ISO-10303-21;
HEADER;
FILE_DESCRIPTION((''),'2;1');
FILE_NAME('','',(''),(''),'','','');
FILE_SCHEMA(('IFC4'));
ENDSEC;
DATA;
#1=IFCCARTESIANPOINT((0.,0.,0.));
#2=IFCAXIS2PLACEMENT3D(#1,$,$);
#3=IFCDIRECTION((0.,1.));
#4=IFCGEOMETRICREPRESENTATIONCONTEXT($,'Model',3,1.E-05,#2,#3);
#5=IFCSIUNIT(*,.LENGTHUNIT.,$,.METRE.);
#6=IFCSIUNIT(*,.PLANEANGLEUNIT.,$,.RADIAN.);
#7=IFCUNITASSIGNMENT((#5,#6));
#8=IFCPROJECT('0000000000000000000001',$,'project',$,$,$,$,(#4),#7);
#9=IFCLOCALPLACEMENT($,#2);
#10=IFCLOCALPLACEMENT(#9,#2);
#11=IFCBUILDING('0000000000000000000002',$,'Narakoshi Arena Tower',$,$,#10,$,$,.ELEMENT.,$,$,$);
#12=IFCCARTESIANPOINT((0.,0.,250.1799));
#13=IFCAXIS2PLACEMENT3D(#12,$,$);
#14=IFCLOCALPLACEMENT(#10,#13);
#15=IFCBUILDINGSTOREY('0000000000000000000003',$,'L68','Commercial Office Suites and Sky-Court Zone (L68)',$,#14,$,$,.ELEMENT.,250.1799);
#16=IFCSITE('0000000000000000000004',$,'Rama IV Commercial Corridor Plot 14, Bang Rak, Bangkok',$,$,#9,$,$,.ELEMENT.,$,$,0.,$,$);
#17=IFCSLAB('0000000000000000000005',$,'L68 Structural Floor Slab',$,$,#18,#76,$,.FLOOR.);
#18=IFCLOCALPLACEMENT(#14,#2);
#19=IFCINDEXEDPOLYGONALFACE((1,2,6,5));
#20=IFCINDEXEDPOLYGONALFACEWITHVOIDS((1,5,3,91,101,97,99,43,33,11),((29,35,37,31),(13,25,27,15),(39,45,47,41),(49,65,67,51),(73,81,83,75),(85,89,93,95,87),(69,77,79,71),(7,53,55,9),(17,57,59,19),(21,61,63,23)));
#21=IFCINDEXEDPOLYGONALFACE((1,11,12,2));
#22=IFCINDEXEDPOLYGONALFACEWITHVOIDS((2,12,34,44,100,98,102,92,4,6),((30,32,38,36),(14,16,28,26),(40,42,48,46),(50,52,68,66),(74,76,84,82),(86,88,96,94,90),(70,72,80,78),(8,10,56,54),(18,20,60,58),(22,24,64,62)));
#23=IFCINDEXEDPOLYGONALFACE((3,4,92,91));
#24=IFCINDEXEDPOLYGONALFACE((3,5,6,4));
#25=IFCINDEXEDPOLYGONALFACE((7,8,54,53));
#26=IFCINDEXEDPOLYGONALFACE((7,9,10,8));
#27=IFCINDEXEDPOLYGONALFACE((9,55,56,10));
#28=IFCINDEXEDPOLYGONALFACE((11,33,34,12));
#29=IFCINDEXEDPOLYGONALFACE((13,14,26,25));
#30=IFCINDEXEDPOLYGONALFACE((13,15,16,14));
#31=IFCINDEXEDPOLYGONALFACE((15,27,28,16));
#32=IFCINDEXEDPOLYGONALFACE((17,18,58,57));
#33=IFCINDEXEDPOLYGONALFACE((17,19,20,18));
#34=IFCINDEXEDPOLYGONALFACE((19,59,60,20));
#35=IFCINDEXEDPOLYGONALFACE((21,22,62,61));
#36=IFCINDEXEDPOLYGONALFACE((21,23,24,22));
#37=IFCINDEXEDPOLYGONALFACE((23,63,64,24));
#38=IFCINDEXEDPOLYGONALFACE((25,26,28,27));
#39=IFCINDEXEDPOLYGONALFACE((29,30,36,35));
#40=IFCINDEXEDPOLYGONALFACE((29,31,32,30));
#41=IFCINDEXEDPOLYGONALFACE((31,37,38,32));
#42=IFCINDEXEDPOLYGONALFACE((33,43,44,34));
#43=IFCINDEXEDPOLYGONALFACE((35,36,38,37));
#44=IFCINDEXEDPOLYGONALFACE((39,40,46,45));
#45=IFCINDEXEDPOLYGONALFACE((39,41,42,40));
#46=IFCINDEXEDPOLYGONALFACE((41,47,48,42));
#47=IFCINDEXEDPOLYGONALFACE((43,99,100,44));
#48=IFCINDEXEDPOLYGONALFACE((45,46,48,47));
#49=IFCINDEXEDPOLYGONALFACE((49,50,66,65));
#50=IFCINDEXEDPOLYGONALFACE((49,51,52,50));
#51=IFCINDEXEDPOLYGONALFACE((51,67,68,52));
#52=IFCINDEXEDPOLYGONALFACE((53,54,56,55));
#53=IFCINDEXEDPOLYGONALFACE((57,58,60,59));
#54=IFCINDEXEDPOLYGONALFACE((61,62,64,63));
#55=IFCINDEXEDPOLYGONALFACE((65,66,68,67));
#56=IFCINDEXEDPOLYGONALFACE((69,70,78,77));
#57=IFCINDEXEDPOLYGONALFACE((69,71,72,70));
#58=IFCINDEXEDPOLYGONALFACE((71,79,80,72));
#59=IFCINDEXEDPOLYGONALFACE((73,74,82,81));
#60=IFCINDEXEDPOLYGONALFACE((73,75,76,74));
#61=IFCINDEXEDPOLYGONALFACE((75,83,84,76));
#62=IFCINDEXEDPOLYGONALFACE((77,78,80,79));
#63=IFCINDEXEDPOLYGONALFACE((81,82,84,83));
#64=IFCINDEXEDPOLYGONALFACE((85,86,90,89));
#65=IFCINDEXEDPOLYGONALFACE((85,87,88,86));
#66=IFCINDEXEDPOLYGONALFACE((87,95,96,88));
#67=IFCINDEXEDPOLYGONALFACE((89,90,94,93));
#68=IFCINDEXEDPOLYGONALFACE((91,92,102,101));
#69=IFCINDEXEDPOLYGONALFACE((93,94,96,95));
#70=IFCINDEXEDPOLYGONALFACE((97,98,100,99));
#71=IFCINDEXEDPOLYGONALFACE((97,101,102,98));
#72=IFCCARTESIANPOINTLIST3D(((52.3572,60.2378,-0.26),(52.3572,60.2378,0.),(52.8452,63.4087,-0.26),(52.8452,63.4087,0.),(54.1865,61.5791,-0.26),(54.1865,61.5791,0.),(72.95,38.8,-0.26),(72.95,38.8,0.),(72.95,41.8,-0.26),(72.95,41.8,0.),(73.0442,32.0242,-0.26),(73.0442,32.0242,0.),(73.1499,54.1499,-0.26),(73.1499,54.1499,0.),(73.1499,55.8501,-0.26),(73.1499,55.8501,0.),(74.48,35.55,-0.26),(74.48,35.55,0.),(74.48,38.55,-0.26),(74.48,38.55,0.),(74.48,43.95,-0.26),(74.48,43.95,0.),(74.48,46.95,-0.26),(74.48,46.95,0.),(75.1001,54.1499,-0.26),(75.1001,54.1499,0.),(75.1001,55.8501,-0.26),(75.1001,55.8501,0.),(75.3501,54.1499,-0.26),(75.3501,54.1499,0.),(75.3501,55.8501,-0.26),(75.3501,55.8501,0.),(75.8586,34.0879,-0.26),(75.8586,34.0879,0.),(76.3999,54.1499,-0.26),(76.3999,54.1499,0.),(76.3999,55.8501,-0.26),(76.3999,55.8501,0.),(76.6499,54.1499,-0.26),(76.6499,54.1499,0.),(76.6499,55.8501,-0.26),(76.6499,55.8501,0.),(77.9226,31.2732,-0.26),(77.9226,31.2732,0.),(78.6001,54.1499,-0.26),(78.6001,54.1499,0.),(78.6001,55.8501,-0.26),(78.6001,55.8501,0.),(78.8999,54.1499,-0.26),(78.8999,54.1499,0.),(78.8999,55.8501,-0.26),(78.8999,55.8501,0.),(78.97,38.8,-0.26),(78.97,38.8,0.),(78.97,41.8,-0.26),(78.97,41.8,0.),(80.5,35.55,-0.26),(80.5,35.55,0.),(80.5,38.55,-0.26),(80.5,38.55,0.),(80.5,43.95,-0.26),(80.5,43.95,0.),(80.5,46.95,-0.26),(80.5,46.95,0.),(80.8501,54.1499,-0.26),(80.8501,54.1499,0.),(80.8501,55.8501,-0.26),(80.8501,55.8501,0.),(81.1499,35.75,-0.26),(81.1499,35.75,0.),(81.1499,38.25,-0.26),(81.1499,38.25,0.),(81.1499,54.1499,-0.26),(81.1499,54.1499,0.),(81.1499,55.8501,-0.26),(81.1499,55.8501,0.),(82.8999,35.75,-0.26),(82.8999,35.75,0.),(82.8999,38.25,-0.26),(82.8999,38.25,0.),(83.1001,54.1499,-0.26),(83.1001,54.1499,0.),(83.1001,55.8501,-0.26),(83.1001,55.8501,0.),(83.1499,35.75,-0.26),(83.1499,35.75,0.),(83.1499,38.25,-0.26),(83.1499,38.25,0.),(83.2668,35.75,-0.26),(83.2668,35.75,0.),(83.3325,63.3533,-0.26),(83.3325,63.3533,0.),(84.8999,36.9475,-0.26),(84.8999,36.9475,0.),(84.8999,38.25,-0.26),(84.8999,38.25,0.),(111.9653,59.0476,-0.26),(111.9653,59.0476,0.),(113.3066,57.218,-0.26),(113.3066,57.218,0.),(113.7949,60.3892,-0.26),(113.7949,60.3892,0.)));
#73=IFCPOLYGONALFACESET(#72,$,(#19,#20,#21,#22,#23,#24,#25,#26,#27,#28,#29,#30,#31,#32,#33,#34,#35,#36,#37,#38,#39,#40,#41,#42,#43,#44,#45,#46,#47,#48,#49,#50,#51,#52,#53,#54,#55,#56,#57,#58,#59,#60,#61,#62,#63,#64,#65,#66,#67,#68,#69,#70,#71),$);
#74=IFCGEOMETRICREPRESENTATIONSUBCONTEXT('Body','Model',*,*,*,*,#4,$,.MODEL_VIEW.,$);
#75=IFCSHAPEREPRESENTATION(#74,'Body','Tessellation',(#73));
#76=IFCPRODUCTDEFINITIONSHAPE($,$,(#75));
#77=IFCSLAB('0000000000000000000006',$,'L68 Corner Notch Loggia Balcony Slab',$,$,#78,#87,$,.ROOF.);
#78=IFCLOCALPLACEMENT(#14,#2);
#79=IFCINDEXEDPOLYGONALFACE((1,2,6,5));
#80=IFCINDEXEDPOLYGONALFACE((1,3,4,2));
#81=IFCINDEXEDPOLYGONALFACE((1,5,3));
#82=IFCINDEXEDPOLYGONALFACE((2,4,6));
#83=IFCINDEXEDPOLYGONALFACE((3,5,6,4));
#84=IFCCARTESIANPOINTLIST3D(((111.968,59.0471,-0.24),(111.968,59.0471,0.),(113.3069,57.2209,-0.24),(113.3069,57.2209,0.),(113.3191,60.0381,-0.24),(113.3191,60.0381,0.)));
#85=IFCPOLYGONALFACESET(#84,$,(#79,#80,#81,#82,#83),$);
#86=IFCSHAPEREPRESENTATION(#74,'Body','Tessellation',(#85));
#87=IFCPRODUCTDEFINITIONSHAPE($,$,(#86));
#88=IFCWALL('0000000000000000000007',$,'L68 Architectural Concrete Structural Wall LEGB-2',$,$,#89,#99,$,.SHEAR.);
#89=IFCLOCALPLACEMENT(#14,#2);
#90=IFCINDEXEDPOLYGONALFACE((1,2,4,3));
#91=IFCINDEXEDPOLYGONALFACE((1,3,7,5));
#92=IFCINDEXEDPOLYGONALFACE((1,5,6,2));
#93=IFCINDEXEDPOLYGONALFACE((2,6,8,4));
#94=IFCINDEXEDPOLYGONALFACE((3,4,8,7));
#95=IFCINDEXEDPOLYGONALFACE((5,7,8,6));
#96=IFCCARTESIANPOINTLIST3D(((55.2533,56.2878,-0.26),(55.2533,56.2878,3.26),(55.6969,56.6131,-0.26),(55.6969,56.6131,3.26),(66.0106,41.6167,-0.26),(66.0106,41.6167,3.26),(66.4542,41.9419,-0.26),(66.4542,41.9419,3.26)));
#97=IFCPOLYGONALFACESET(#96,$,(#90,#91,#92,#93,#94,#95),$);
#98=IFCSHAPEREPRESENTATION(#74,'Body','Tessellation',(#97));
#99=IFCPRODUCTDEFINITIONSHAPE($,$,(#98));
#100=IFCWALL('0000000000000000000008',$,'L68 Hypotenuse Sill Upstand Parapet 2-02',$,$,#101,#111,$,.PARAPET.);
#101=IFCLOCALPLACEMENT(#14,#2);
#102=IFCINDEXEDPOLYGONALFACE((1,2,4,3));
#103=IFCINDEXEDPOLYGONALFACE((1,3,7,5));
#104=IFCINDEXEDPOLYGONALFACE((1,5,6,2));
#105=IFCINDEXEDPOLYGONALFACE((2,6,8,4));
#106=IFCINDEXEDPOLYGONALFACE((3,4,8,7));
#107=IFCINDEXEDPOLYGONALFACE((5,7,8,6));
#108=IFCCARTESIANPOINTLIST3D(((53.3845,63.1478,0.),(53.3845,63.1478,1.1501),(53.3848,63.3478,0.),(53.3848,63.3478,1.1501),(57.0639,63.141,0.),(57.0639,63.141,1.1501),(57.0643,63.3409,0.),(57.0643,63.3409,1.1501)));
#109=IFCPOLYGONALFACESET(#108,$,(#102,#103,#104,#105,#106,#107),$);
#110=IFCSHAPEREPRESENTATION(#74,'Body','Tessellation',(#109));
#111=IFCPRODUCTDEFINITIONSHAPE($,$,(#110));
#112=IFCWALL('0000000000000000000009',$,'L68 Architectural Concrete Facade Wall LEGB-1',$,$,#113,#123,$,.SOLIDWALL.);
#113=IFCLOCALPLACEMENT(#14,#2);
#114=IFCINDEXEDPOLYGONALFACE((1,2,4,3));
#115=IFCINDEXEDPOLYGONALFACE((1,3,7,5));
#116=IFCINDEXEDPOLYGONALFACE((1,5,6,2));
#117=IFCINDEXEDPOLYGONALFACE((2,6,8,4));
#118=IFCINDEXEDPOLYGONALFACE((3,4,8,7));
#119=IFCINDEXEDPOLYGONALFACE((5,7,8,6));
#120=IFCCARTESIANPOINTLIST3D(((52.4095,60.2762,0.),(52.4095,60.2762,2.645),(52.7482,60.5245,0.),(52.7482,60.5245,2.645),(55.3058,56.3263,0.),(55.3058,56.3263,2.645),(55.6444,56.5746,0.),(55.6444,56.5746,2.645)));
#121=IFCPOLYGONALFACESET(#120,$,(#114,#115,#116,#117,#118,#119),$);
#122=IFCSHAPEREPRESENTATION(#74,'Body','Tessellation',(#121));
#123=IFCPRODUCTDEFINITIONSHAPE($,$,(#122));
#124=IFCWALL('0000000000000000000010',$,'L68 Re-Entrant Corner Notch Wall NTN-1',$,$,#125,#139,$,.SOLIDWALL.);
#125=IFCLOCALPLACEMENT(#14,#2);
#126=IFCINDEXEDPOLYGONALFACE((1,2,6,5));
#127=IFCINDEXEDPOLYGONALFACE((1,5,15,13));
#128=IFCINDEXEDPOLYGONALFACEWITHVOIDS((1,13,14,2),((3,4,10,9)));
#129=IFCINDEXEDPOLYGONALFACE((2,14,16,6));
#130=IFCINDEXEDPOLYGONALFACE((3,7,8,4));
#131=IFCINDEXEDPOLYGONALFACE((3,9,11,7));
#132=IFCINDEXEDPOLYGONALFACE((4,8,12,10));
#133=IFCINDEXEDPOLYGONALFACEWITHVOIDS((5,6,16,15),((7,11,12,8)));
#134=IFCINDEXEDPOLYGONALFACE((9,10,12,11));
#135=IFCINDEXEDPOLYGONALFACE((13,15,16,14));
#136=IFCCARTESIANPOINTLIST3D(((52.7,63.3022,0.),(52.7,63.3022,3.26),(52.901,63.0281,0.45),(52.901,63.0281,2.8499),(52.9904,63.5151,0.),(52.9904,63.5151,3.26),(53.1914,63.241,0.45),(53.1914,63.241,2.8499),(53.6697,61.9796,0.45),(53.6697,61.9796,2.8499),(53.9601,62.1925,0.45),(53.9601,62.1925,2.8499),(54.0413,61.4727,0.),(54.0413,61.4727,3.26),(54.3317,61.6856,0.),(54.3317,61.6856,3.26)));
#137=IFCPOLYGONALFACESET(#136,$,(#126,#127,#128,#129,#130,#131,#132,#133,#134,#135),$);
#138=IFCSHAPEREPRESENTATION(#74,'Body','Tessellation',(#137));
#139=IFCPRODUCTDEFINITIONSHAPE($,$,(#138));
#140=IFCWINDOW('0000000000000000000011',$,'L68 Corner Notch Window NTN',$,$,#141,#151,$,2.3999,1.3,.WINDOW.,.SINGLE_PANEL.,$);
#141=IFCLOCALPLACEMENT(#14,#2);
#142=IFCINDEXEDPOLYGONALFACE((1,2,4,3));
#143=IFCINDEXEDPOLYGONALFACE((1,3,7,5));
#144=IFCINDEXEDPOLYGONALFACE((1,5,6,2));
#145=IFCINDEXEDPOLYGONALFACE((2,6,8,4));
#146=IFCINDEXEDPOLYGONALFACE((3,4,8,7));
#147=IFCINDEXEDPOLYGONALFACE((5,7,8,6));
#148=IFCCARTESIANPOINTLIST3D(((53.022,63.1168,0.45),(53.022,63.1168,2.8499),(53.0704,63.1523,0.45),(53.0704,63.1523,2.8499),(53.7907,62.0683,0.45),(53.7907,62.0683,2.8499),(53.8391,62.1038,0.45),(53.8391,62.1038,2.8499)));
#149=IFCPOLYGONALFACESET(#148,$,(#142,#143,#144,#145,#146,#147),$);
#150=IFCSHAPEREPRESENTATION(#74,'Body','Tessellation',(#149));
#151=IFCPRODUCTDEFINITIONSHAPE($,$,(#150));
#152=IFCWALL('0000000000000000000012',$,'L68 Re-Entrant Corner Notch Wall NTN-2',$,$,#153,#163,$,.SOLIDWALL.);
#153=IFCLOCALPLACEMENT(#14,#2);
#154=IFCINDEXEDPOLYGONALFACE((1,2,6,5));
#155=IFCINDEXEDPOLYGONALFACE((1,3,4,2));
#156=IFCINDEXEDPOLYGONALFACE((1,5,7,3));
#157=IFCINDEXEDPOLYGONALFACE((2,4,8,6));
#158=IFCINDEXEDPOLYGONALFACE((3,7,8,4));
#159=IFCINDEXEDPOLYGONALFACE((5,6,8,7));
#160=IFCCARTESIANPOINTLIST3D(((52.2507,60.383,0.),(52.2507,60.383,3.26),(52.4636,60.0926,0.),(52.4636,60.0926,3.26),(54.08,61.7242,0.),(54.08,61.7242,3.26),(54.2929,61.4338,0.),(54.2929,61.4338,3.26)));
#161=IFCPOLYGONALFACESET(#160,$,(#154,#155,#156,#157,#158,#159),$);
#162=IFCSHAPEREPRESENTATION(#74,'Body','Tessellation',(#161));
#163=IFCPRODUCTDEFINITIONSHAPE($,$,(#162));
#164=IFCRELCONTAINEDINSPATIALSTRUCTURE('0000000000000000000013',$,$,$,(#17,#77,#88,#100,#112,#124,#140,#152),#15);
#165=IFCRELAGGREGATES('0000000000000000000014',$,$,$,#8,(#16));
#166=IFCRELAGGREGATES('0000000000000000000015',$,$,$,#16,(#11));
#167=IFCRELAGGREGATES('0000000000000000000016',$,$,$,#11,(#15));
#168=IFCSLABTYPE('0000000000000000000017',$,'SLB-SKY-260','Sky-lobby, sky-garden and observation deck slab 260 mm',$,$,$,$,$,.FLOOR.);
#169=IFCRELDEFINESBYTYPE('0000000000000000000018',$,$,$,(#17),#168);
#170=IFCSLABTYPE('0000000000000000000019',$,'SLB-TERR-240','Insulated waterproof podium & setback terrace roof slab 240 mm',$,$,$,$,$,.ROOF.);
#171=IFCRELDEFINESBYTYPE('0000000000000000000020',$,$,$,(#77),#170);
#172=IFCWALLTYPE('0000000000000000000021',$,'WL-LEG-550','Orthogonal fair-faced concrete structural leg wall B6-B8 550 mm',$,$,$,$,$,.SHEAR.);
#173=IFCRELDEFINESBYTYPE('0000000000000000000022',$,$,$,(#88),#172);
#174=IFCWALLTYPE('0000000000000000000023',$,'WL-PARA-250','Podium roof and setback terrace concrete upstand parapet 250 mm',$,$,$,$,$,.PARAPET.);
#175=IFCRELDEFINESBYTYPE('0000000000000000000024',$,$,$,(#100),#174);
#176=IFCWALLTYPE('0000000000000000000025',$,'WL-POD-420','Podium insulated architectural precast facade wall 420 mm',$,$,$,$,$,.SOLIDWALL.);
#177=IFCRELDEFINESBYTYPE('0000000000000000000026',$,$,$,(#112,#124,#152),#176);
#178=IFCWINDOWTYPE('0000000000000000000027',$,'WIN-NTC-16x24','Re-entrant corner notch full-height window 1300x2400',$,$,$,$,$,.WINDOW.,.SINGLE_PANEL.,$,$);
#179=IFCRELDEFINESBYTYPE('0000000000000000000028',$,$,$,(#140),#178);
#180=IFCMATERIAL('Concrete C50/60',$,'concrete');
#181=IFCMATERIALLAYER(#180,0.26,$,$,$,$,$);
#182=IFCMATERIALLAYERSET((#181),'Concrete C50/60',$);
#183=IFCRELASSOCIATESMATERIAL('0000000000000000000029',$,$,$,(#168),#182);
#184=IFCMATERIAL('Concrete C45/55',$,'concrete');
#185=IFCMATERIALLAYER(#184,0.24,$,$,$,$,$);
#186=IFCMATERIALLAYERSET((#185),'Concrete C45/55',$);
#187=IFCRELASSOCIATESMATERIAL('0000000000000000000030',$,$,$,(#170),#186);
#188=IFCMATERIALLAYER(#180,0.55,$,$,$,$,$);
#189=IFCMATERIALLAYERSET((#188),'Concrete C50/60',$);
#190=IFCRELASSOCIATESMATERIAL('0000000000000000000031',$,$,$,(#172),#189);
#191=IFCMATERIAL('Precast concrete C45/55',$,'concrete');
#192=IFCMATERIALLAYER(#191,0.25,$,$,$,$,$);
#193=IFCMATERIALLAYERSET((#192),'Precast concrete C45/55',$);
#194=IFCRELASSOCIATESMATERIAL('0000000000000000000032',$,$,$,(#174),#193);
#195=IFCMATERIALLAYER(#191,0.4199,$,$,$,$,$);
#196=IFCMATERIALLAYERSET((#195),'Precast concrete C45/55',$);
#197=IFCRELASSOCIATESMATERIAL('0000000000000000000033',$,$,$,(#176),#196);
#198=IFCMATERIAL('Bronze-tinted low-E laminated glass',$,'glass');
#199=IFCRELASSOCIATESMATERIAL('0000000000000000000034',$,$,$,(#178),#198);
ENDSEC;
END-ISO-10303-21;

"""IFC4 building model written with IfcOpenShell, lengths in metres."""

from ifc_helpers import new_model, si_unit, direction, frame, frame_2d, origin, place, context, subcontext, project, spatial, polyline, rectangle, outline, extrude, material, layer, layer_set, type_object, element, fill, save


model = new_model("IFC4")

# Units and contexts
model_context = context("Model", 3, precision=1e-05, world=origin(), true_north=direction((0.0, 1.0)))
body_context = subcontext(model_context, "Body", "Model", "MODEL_VIEW")
ifc_project = project(units=[si_unit("LENGTHUNIT", "METRE"), si_unit("PLANEANGLEUNIT", "RADIAN")], contexts=[model_context])

# Site, building, storey
site_placement = place(None, origin())
site = spatial("IfcSite", under=ifc_project, at=site_placement, Name="Rama IV Commercial Corridor Plot 14, Bang Rak, Bangkok", CompositionType="ELEMENT", RefElevation=0.0)
building_placement = place(site_placement, origin())
building = spatial("IfcBuilding", under=site, at=building_placement, Name="Narakoshi Arena Tower", CompositionType="ELEMENT")
storey_placement = place(building_placement, frame((0.0, 0.0, 250.1799)))
storey = spatial("IfcBuildingStorey", under=building, at=storey_placement, Name="L68", Description="Commercial Office Suites and Sky-Court Zone (L68)", CompositionType="ELEMENT", Elevation=250.1799)

# Shared definitions
ifc_material_1 = material(Name="Concrete C50/60", Category="concrete")

# Shared definitions
ifc_material_2 = material(Name="Bronze-tinted low-E laminated glass", Category="glass")

# Shared definitions
ifc_material_3 = material(Name="Concrete C45/55", Category="concrete")

# Slabs
ifc_layer_1 = layer(ifc_material_1, 0.26)
ifc_layer_set_1 = layer_set([ifc_layer_1], Name="Concrete C50/60")
slab_type_1 = type_object("IfcSlabType", Name="SLB-SKY-260", Description="Sky-lobby, sky-garden and observation deck slab 260 mm", PredefinedType="FLOOR", material=ifc_layer_set_1)
slab_1_placement = place(storey_placement, frame((0.0, 0.0, -0.26)))
element("IfcSlab", 1, at=slab_1_placement, inside=storey, type_object=slab_type_1, Name="L68 Structural Floor Slab", PredefinedType="FLOOR", context=body_context, shape_type="SweptSolid", body=[
    extrude(outline(polyline([(77.9226, 31.2732), (113.3066, 57.218), (111.9653, 59.0476), (113.7949, 60.3892), (83.3325, 63.3533), (52.8452, 63.4087), (54.1865, 61.5791), (52.3572, 60.2378), (73.0442, 32.0242), (75.8586, 34.0879), (77.9226, 31.2732)]), holes=[polyline([(80.5, 35.55), (74.48, 35.55), (74.48, 38.55), (80.5, 38.55), (80.5, 35.55)]), polyline([(82.8999, 35.75), (81.1499, 35.75), (81.1499, 38.25), (82.8999, 38.25), (82.8999, 35.75)]), polyline([(84.8999, 36.9475), (83.2668, 35.75), (83.1499, 35.75), (83.1499, 38.25), (84.8999, 38.25), (84.8999, 36.9475)]), polyline([(72.95, 38.8), (72.95, 41.8), (78.97, 41.8), (78.97, 38.8), (72.95, 38.8)]), polyline([(74.48, 43.95), (74.48, 46.95), (80.5, 46.95), (80.5, 43.95), (74.48, 43.95)]), polyline([(75.1001, 54.1499), (73.1499, 54.1499), (73.1499, 55.8501), (75.1001, 55.8501), (75.1001, 54.1499)]), polyline([(76.3999, 54.1499), (75.3501, 54.1499), (75.3501, 55.8501), (76.3999, 55.8501), (76.3999, 54.1499)]), polyline([(78.6001, 54.1499), (76.6499, 54.1499), (76.6499, 55.8501), (78.6001, 55.8501), (78.6001, 54.1499)]), polyline([(78.8999, 54.1499), (78.8999, 55.8501), (80.8501, 55.8501), (80.8501, 54.1499), (78.8999, 54.1499)]), polyline([(81.1499, 54.1499), (81.1499, 55.8501), (83.1001, 55.8501), (83.1001, 54.1499), (81.1499, 54.1499)])]), origin(), (0.0, 0.0, 1.0), 0.26),
])
ifc_layer_2 = layer(ifc_material_3, 0.24)
ifc_layer_set_2 = layer_set([ifc_layer_2], Name="Concrete C45/55")
slab_type_2 = type_object("IfcSlabType", Name="SLB-TERR-240", Description="Insulated waterproof podium & setback terrace roof slab 240 mm", PredefinedType="ROOF", material=ifc_layer_set_2)
slab_2_placement = place(storey_placement, frame((0.0, 0.0, -0.24)))
element("IfcSlab", 2, at=slab_2_placement, inside=storey, type_object=slab_type_2, Name="L68 Corner Notch Loggia Balcony Slab", PredefinedType="ROOF", context=body_context, shape_type="SweptSolid", body=[
    extrude(outline(polyline([(113.3191, 60.0381), (111.968, 59.0471), (113.3069, 57.2209), (113.3191, 60.0381)])), origin(), (0.0, 0.0, 1.0), 0.24),
])

# Walls
ifc_layer_3 = layer(ifc_material_1, 0.55)
ifc_layer_set_3 = layer_set([ifc_layer_3], Name="Concrete C50/60")
wall_type_1 = type_object("IfcWallType", Name="WL-LEG-550", Description="Orthogonal fair-faced concrete structural leg wall B6-B8 550 mm", PredefinedType="SHEAR", material=ifc_layer_set_3)
wall_1_placement = place(storey_placement, frame((55.4751, 56.4504, -0.26), z_axis=(0.0, 0.0, 1.0), x_axis=(0.59131, -0.806445, 0.0)))
element("IfcWall", 3, at=wall_1_placement, inside=storey, type_object=wall_type_1, Name="L68 Architectural Concrete Structural Wall LEGB-2", PredefinedType="SHEAR", context=body_context, shape_type="SweptSolid", body=[
    extrude(rectangle(XDim=18.1924, YDim=0.55, at=frame_2d((9.0962, 0.0))), origin(), (0.0, 0.0, 1.0), 3.52),
])
ifc_material_4 = material(Name="Precast concrete C45/55", Category="concrete")
ifc_layer_4 = layer(ifc_material_4, 0.25)
ifc_layer_set_4 = layer_set([ifc_layer_4], Name="Precast concrete C45/55")
wall_type_2 = type_object("IfcWallType", Name="WL-PARA-250", Description="Podium roof and setback terrace concrete upstand parapet 250 mm", PredefinedType="PARAPET", material=ifc_layer_set_4)
wall_2_placement = place(storey_placement, frame((57.0642, 63.241, 0.0), z_axis=(0.0, 0.0, 1.0), x_axis=(-0.999998, 0.001858, 0.0)))
element("IfcWall", 4, at=wall_2_placement, inside=storey, type_object=wall_type_2, Name="L68 Hypotenuse Sill Upstand Parapet 2-02", PredefinedType="PARAPET", context=body_context, shape_type="SweptSolid", body=[
    extrude(rectangle(XDim=3.6794, YDim=0.2, at=frame_2d((1.8398, 0.0))), origin(), (0.0, 0.0, 1.0), 1.1501),
])
ifc_layer_5 = layer(ifc_material_4, 0.4199)
ifc_layer_set_5 = layer_set([ifc_layer_5], Name="Precast concrete C45/55")
wall_type_3 = type_object("IfcWallType", Name="WL-POD-420", Description="Podium insulated architectural precast facade wall 420 mm", PredefinedType="SOLIDWALL", material=ifc_layer_set_5)
wall_3_placement = place(storey_placement, frame((52.5789, 60.4004, 0.0), z_axis=(0.0, 0.0, 1.0), x_axis=(0.591312, -0.806443, 0.0)))
element("IfcWall", 5, at=wall_3_placement, inside=storey, type_object=wall_type_3, Name="L68 Architectural Concrete Facade Wall LEGB-1", PredefinedType="SOLIDWALL", context=body_context, shape_type="SweptSolid", body=[
    extrude(rectangle(XDim=4.8979, YDim=0.4199, at=frame_2d((2.449, 0.0))), origin(), (0.0, 0.0, 1.0), 2.645),
])

# Wall, opening, window
wall_4_placement = place(storey_placement, frame((52.8452, 63.4087, 0.0), z_axis=(0.0, 0.0, 1.0), x_axis=(0.591252, -0.806487, 0.0)))
wall_4 = element("IfcWall", 6, at=wall_4_placement, inside=storey, type_object=wall_type_3, Name="L68 Re-Entrant Corner Notch Wall NTN-1", PredefinedType="SOLIDWALL", context=body_context, shape_type="SweptSolid", body=[
    extrude(rectangle(XDim=2.2686, YDim=0.3601, at=frame_2d((1.1343, 0.0))), origin(), (0.0, 0.0, 1.0), 3.26),
])
opening_placement = place(wall_4_placement, frame((0.3401, 0.0, 0.45)))
opening = element("IfcOpeningElement", 7, at=opening_placement, cuts=wall_4, PredefinedType="OPENING", context=body_context, shape_type="SweptSolid", body=[
    extrude(rectangle(XDim=1.3, YDim=2.3999, at=frame_2d((0.6499, 1.2))), frame((0.0, 0.1899, 0.0), z_axis=(0.0, -1.0, 0.0), x_axis=(1.0, 0.0, 0.0)), (0.0, 0.0, 1.0), 0.3801),
])
window_type = type_object("IfcWindowType", Name="WIN-NTC-16x24", Description="Re-entrant corner notch full-height window 1300x2400", PartitioningType="SINGLE_PANEL", PredefinedType="WINDOW", material=ifc_material_2)
window_placement = place(opening_placement, origin())
window = element("IfcWindow", 8, at=window_placement, inside=storey, type_object=window_type, Name="L68 Corner Notch Window NTN", OverallHeight=2.3999, OverallWidth=1.3, PartitioningType="SINGLE_PANEL", PredefinedType="WINDOW", context=body_context, shape_type="SweptSolid", body=[
    extrude(rectangle(XDim=1.3, YDim=2.3999, at=frame_2d((0.6499, 1.2))), frame((0.0, 0.03, 0.0), z_axis=(0.0, -1.0, 0.0), x_axis=(1.0, 0.0, 0.0)), (0.0, 0.0, 1.0), 0.0601),
])
fill(opening, window)

# Wall
wall_5_placement = place(storey_placement, frame((54.1865, 61.5791, 0.0), z_axis=(0.0, 0.0, 1.0), x_axis=(-0.806449, -0.591303, 0.0)))
element("IfcWall", 9, at=wall_5_placement, inside=storey, type_object=wall_type_3, Name="L68 Re-Entrant Corner Notch Wall NTN-2", PredefinedType="SOLIDWALL", context=body_context, shape_type="SweptSolid", body=[
    extrude(rectangle(XDim=2.2683, YDim=0.3601, at=frame_2d((1.1343, 0.0))), origin(), (0.0, 0.0, 1.0), 3.26),
])

save(model, "model.ifc")
